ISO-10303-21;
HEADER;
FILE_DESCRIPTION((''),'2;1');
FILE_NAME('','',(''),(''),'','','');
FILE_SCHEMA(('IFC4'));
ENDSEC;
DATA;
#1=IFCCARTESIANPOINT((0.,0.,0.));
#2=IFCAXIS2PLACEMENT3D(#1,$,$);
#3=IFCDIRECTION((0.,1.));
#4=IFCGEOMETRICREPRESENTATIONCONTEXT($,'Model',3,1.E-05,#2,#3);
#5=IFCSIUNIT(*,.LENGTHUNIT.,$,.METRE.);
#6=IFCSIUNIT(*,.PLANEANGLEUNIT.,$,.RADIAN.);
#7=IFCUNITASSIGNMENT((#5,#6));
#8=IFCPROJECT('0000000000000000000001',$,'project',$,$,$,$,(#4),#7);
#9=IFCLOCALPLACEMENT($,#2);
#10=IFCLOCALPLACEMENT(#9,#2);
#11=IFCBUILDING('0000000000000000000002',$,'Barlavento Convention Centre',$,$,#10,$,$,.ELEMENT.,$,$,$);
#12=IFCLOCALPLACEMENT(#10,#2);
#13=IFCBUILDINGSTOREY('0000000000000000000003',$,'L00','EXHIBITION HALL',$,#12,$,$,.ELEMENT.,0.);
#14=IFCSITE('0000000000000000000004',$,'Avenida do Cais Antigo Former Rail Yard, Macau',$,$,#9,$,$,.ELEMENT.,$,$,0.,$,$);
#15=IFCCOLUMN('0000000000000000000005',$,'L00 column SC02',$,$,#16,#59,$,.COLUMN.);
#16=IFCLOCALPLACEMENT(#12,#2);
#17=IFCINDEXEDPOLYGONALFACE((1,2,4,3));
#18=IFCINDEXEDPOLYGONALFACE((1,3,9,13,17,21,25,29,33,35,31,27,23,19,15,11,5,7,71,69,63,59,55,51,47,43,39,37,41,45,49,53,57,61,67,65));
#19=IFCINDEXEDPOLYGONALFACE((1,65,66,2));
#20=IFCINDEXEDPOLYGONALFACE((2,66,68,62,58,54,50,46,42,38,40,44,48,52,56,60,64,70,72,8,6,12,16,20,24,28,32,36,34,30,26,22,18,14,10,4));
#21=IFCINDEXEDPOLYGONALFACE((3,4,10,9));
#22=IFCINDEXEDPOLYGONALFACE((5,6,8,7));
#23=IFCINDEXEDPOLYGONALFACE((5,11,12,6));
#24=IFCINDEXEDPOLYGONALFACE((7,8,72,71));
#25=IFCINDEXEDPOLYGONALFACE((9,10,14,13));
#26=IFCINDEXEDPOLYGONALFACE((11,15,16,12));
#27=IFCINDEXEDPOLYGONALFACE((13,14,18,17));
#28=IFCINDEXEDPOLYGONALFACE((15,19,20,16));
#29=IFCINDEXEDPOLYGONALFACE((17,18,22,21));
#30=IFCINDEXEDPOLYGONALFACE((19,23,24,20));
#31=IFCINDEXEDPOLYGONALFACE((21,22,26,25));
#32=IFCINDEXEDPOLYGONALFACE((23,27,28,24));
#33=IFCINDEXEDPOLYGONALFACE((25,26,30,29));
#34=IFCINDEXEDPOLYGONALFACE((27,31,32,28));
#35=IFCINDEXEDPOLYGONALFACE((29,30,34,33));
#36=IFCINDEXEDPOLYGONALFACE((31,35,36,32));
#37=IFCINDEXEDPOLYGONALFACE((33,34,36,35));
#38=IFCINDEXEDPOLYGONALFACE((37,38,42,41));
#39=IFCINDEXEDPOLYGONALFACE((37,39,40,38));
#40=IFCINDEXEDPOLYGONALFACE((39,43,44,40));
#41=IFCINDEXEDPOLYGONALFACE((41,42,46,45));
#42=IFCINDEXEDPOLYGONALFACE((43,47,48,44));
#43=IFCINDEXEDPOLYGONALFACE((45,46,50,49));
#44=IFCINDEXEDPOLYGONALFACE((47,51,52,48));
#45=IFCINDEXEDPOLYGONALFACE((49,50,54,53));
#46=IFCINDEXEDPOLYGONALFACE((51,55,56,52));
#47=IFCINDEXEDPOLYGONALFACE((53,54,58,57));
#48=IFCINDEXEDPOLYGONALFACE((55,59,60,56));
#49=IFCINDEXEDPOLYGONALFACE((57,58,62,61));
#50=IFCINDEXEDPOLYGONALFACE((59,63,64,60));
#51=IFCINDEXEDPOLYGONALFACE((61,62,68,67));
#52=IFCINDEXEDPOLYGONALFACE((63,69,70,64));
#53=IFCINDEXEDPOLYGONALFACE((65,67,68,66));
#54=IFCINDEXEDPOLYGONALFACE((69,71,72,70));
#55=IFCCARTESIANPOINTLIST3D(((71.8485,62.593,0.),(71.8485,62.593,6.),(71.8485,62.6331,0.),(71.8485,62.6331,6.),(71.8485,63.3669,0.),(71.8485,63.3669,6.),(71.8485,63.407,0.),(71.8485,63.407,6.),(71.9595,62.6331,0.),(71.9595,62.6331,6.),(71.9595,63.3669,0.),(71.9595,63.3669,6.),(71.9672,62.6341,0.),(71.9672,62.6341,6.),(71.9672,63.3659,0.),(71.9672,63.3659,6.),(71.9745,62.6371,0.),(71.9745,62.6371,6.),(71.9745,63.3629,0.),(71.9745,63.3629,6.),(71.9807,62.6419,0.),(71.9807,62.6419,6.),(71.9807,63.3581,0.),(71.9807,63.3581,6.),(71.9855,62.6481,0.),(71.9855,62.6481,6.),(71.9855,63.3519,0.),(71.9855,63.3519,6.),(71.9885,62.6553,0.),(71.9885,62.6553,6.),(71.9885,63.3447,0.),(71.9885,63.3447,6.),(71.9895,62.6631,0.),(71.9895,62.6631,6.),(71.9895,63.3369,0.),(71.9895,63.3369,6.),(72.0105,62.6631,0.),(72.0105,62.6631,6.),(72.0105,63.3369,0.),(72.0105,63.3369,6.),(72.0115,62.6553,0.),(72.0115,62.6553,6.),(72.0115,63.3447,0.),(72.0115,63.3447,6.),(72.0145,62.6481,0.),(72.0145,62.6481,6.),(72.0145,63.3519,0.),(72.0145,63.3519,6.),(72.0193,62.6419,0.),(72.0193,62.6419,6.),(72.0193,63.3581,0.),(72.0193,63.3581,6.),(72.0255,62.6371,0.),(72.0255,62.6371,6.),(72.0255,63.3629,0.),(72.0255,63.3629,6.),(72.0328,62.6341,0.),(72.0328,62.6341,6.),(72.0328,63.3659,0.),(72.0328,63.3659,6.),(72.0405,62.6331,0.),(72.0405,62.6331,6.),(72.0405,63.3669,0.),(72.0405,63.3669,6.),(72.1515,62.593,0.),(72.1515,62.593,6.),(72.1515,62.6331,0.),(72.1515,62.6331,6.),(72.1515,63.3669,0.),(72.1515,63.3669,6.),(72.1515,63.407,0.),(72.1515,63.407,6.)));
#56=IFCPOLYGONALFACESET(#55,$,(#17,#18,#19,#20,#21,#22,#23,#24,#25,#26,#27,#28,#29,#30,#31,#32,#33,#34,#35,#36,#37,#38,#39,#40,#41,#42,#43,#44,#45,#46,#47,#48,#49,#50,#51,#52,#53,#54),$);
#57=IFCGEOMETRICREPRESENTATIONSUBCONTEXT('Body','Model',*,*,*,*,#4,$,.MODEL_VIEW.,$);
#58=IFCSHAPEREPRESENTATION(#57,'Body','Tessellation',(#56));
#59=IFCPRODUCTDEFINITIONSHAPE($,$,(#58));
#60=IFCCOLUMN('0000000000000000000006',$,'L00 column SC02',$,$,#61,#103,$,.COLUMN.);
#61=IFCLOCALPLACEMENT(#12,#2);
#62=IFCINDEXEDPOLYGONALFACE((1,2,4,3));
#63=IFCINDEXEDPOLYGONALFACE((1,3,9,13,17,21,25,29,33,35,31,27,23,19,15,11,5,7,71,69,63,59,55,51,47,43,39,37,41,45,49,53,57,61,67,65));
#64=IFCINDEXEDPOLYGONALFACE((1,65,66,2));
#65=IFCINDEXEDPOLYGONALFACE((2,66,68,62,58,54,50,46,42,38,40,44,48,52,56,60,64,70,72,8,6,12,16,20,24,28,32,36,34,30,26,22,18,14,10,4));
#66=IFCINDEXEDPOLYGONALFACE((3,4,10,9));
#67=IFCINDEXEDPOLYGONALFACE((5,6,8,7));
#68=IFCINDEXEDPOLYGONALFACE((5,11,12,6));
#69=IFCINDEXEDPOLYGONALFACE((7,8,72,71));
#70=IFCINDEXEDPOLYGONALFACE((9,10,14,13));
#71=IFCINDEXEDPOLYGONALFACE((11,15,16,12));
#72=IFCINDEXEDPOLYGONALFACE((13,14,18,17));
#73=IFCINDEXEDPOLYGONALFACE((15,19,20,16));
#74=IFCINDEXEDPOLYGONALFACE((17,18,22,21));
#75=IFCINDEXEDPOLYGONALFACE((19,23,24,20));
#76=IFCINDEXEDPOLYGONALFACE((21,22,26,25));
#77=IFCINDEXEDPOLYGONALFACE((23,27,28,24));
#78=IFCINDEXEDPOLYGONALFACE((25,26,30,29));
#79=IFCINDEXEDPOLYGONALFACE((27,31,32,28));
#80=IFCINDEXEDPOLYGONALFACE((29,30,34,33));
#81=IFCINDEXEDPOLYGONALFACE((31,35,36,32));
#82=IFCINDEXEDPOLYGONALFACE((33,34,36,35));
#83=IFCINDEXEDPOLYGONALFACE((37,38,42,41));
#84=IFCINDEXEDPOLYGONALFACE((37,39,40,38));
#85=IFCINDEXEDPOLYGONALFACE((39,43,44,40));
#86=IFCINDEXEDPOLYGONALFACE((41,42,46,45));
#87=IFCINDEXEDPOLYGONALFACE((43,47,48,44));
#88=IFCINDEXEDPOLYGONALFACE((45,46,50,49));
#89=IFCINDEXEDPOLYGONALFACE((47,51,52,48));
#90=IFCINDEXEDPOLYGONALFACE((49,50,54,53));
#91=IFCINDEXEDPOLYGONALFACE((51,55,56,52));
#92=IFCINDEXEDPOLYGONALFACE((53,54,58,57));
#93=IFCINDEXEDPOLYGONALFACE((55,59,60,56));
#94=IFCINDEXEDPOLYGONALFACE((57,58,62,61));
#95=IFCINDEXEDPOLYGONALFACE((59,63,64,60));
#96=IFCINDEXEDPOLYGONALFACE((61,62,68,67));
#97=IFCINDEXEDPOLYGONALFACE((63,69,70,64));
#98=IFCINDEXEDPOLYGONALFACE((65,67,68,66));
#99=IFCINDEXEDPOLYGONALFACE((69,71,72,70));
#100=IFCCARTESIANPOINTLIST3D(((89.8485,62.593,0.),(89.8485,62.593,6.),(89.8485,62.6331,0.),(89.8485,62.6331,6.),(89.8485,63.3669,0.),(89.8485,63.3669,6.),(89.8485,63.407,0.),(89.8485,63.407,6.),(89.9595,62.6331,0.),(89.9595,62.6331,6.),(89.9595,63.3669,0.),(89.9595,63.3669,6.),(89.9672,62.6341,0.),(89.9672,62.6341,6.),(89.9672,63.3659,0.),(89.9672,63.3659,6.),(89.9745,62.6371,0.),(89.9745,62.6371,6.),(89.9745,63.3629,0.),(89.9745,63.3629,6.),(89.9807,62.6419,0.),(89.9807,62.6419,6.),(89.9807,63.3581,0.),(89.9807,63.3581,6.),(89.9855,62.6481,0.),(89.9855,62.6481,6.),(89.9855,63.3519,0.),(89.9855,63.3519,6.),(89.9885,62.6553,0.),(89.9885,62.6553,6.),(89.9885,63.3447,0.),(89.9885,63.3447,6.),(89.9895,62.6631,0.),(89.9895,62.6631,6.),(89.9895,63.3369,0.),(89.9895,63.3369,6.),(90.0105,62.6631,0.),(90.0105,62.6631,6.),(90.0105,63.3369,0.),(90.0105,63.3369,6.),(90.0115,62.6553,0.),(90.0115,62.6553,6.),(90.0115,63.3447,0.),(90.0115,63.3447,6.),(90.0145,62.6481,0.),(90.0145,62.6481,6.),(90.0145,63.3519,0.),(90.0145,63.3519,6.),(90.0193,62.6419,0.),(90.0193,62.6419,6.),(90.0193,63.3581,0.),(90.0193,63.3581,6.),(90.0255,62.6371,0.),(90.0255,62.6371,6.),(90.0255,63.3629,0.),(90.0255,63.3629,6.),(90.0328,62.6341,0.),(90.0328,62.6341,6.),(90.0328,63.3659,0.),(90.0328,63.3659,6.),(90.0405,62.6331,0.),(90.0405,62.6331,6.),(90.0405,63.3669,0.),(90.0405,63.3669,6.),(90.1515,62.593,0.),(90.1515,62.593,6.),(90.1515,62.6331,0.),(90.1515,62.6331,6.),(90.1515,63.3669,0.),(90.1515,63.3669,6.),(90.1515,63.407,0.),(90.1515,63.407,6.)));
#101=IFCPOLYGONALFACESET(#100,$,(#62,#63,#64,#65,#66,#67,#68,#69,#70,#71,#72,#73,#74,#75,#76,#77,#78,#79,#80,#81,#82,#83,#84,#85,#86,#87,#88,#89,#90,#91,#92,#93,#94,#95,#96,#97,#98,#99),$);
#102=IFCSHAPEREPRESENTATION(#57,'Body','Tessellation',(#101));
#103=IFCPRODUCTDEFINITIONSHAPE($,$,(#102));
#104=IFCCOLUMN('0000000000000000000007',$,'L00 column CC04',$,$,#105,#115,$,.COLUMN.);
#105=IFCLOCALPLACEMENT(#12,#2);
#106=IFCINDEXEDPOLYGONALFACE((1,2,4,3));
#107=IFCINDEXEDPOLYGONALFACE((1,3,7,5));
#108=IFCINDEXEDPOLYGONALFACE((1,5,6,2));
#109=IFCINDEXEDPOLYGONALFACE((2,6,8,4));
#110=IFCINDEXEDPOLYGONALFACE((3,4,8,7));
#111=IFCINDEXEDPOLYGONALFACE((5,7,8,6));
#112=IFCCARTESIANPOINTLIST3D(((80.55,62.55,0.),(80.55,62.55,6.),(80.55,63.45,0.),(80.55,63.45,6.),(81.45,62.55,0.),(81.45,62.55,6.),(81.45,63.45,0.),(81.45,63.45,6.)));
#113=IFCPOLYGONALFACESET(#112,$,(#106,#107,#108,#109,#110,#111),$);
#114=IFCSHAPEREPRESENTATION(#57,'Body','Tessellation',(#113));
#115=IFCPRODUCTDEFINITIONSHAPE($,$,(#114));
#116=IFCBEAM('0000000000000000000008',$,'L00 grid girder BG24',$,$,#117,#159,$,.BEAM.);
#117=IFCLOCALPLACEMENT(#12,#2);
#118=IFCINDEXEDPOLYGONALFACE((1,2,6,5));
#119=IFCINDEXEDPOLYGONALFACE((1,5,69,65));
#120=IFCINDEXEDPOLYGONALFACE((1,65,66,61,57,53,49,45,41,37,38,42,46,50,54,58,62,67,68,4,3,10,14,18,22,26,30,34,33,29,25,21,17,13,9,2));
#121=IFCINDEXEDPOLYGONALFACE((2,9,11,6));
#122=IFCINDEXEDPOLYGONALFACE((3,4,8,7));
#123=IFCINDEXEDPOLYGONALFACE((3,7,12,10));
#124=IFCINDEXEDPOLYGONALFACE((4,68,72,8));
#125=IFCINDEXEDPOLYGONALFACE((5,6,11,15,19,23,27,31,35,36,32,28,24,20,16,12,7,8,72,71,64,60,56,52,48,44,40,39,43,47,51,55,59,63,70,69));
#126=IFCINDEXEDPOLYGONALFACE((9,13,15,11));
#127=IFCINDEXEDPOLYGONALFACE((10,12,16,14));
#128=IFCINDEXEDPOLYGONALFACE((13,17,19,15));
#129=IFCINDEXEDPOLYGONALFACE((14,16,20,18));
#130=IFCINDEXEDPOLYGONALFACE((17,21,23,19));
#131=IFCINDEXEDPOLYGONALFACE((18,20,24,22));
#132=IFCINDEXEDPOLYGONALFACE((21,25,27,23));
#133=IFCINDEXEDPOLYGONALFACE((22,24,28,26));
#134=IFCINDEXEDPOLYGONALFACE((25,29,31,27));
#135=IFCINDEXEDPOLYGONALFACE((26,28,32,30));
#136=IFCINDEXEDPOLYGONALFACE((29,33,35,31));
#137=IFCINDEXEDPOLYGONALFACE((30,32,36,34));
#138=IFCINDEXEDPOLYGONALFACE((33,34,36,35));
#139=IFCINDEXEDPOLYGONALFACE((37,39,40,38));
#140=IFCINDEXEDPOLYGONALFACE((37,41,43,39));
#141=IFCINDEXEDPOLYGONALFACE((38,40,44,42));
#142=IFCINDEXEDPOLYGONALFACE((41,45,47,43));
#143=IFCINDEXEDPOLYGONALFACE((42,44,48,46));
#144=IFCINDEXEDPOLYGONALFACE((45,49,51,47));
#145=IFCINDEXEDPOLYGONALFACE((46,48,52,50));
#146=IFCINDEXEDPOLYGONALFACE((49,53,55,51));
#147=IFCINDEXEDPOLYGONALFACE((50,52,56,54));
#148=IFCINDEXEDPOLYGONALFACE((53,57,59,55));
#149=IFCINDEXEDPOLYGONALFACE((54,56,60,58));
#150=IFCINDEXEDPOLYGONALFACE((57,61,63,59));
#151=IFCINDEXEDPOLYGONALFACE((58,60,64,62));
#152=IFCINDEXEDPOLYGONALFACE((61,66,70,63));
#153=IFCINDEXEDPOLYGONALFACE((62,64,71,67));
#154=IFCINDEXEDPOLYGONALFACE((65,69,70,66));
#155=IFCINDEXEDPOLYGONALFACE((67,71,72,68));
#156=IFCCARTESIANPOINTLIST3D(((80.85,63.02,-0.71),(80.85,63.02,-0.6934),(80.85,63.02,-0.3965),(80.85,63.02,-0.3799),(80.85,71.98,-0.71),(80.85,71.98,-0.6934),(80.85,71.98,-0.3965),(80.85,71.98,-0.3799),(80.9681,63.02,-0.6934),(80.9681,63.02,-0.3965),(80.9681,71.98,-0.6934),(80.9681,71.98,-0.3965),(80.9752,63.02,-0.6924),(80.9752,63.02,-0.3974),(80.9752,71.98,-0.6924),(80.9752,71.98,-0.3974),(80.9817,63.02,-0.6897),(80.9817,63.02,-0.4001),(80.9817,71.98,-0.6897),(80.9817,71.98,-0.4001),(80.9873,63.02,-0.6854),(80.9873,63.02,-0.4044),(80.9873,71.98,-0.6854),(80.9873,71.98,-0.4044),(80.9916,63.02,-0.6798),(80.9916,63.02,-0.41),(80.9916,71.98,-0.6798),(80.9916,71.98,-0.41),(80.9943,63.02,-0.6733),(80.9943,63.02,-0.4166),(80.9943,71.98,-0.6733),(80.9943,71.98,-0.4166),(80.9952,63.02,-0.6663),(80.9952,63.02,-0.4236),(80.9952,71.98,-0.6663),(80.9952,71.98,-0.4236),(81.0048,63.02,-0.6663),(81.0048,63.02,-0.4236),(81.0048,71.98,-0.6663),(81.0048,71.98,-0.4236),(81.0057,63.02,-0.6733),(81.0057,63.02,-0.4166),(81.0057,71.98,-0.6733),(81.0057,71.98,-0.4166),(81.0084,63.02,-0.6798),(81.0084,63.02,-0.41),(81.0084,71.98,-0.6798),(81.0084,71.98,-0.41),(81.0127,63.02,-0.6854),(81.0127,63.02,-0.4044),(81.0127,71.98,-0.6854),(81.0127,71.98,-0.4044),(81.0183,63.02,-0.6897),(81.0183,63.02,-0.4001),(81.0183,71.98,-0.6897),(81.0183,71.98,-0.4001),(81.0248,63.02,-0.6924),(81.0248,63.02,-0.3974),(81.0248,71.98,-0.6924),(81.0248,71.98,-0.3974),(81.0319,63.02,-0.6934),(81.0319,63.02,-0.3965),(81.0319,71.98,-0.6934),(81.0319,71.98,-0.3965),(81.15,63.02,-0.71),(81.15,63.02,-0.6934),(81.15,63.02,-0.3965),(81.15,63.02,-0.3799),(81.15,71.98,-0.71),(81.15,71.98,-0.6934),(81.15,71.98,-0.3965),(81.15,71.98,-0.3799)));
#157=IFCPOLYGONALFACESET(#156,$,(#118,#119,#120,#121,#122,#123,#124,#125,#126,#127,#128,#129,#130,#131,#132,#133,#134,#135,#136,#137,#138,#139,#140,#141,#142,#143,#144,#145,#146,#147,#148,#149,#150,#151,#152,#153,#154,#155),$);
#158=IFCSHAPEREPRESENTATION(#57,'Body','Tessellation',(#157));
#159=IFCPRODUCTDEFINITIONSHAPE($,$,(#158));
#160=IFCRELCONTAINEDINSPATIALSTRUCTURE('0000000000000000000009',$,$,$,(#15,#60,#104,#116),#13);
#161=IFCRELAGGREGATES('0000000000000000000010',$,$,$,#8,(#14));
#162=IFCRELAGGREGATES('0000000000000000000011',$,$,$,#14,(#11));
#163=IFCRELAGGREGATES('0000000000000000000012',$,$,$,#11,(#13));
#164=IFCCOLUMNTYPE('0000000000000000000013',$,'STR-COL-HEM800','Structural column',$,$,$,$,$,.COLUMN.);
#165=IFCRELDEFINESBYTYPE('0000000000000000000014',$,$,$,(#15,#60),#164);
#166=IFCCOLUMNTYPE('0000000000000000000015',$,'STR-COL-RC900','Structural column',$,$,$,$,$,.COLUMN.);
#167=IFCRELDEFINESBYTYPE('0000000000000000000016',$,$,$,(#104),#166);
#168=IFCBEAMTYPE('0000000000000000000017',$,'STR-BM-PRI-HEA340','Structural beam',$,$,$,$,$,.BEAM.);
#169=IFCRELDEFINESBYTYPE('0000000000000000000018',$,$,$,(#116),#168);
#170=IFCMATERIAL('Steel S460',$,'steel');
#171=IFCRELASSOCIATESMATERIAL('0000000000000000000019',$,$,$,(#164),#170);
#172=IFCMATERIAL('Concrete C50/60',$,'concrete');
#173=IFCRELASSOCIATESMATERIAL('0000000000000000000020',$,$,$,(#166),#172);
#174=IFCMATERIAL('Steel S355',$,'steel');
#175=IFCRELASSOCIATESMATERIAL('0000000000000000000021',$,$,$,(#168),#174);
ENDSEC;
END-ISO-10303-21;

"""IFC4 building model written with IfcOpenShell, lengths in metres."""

from ifc_helpers import new_model, si_unit, direction, frame, origin, origin_2d, place, context, subcontext, project, spatial, rectangle, i_section, extrude, material, material_profile, profile_set, type_object, element, save


model = new_model("IFC4")

# Units and contexts
model_context = context("Model", 3, precision=1e-05, world=origin(), true_north=direction((0.0, 1.0)))
body_context = subcontext(model_context, "Body", "Model", "MODEL_VIEW")
ifc_project = project(units=[si_unit("LENGTHUNIT", "METRE"), si_unit("PLANEANGLEUNIT", "RADIAN")], contexts=[model_context])

# Site, building, storey
site_placement = place(None, origin())
site = spatial("IfcSite", under=ifc_project, at=site_placement, Name="Avenida do Cais Antigo Former Rail Yard, Macau", CompositionType="ELEMENT", RefElevation=0.0)
building_placement = place(site_placement, origin())
building = spatial("IfcBuilding", under=site, at=building_placement, Name="Barlavento Convention Centre", CompositionType="ELEMENT")
storey_placement = place(building_placement, origin())
storey = spatial("IfcBuildingStorey", under=building, at=storey_placement, Name="L00", Description="EXHIBITION HALL", CompositionType="ELEMENT", Elevation=0.0)

# Columns
ifc_material_1 = material(Name="Steel S460", Category="steel")
ifc_material_profile_1 = material_profile(ifc_material_1, i_section(OverallWidth=0.303, OverallDepth=0.814, WebThickness=0.021, FlangeThickness=0.04, FilletRadius=0.03, at=origin_2d()), Name="HEM 800")
ifc_profile_set_1 = profile_set([ifc_material_profile_1], Name="Steel S460")
column_type_1 = type_object("IfcColumnType", Name="STR-COL-HEM800", Description="Structural column", PredefinedType="COLUMN", material=ifc_profile_set_1)
for number, where, z_axis, x_axis, name in (
    (1, (72.0, 63.0, 0.0), (0.0, 0.0, 1.0), (1.0, 0.0, 0.0), "L00 column SC02"),
    (2, (90.0, 63.0, 0.0), (0.0, 0.0, 1.0), (1.0, 0.0, 0.0), "L00 column SC02"),
):
    element("IfcColumn", number, at=place(storey_placement, frame(where, z_axis=z_axis, x_axis=x_axis)), inside=storey, type_object=column_type_1, Name=name, PredefinedType="COLUMN", context=body_context, shape_type="SweptSolid", body=[
        extrude(i_section(OverallWidth=0.303, OverallDepth=0.814, WebThickness=0.021, FlangeThickness=0.04, FilletRadius=0.03, at=origin_2d()), origin(), (0.0, 0.0, 1.0), 6.0),
    ])
ifc_material_2 = material(Name="Concrete C50/60", Category="concrete")
ifc_material_profile_2 = material_profile(ifc_material_2, rectangle(XDim=0.8999, YDim=0.8999, at=origin_2d()), Name="RC 900x900")
ifc_profile_set_2 = profile_set([ifc_material_profile_2], Name="Concrete C50/60")
column_type_2 = type_object("IfcColumnType", Name="STR-COL-RC900", Description="Structural column", PredefinedType="COLUMN", material=ifc_profile_set_2)
column_placement = place(storey_placement, frame((81.0, 63.0, 0.0), z_axis=(0.0, 0.0, 1.0), x_axis=(1.0, 0.0, 0.0)))
element("IfcColumn", 3, at=column_placement, inside=storey, type_object=column_type_2, Name="L00 column CC04", PredefinedType="COLUMN", context=body_context, shape_type="SweptSolid", body=[
    extrude(rectangle(XDim=0.8999, YDim=0.8999, at=origin_2d()), origin(), (0.0, 0.0, 1.0), 6.0),
])

# Beam
ifc_material_3 = material(Name="Steel S355", Category="steel")
ifc_material_profile_3 = material_profile(ifc_material_3, i_section(OverallWidth=0.3, OverallDepth=0.3301, WebThickness=0.0095, FlangeThickness=0.0166, FilletRadius=0.0271, at=origin_2d()), Name="HEA 340")
ifc_profile_set_3 = profile_set([ifc_material_profile_3], Name="Steel S355")
beam_type_1 = type_object("IfcBeamType", Name="STR-BM-PRI-HEA340", Description="Structural beam", PredefinedType="BEAM", material=ifc_profile_set_3)
beam_1_placement = place(storey_placement, frame((81.0, 63.02, -0.5449), z_axis=(0.0, 1.0, 0.0), x_axis=(-1.0, 0.0, 0.0)))
element("IfcBeam", 4, at=beam_1_placement, inside=storey, type_object=beam_type_1, Name="L00 grid girder BG24", PredefinedType="BEAM", context=body_context, shape_type="SweptSolid", body=[
    extrude(i_section(OverallWidth=0.3, OverallDepth=0.3301, WebThickness=0.0095, FlangeThickness=0.0166, FilletRadius=0.0271, at=origin_2d()), origin(), (0.0, 0.0, 1.0), 8.96),
])

save(model, "model.ifc")
